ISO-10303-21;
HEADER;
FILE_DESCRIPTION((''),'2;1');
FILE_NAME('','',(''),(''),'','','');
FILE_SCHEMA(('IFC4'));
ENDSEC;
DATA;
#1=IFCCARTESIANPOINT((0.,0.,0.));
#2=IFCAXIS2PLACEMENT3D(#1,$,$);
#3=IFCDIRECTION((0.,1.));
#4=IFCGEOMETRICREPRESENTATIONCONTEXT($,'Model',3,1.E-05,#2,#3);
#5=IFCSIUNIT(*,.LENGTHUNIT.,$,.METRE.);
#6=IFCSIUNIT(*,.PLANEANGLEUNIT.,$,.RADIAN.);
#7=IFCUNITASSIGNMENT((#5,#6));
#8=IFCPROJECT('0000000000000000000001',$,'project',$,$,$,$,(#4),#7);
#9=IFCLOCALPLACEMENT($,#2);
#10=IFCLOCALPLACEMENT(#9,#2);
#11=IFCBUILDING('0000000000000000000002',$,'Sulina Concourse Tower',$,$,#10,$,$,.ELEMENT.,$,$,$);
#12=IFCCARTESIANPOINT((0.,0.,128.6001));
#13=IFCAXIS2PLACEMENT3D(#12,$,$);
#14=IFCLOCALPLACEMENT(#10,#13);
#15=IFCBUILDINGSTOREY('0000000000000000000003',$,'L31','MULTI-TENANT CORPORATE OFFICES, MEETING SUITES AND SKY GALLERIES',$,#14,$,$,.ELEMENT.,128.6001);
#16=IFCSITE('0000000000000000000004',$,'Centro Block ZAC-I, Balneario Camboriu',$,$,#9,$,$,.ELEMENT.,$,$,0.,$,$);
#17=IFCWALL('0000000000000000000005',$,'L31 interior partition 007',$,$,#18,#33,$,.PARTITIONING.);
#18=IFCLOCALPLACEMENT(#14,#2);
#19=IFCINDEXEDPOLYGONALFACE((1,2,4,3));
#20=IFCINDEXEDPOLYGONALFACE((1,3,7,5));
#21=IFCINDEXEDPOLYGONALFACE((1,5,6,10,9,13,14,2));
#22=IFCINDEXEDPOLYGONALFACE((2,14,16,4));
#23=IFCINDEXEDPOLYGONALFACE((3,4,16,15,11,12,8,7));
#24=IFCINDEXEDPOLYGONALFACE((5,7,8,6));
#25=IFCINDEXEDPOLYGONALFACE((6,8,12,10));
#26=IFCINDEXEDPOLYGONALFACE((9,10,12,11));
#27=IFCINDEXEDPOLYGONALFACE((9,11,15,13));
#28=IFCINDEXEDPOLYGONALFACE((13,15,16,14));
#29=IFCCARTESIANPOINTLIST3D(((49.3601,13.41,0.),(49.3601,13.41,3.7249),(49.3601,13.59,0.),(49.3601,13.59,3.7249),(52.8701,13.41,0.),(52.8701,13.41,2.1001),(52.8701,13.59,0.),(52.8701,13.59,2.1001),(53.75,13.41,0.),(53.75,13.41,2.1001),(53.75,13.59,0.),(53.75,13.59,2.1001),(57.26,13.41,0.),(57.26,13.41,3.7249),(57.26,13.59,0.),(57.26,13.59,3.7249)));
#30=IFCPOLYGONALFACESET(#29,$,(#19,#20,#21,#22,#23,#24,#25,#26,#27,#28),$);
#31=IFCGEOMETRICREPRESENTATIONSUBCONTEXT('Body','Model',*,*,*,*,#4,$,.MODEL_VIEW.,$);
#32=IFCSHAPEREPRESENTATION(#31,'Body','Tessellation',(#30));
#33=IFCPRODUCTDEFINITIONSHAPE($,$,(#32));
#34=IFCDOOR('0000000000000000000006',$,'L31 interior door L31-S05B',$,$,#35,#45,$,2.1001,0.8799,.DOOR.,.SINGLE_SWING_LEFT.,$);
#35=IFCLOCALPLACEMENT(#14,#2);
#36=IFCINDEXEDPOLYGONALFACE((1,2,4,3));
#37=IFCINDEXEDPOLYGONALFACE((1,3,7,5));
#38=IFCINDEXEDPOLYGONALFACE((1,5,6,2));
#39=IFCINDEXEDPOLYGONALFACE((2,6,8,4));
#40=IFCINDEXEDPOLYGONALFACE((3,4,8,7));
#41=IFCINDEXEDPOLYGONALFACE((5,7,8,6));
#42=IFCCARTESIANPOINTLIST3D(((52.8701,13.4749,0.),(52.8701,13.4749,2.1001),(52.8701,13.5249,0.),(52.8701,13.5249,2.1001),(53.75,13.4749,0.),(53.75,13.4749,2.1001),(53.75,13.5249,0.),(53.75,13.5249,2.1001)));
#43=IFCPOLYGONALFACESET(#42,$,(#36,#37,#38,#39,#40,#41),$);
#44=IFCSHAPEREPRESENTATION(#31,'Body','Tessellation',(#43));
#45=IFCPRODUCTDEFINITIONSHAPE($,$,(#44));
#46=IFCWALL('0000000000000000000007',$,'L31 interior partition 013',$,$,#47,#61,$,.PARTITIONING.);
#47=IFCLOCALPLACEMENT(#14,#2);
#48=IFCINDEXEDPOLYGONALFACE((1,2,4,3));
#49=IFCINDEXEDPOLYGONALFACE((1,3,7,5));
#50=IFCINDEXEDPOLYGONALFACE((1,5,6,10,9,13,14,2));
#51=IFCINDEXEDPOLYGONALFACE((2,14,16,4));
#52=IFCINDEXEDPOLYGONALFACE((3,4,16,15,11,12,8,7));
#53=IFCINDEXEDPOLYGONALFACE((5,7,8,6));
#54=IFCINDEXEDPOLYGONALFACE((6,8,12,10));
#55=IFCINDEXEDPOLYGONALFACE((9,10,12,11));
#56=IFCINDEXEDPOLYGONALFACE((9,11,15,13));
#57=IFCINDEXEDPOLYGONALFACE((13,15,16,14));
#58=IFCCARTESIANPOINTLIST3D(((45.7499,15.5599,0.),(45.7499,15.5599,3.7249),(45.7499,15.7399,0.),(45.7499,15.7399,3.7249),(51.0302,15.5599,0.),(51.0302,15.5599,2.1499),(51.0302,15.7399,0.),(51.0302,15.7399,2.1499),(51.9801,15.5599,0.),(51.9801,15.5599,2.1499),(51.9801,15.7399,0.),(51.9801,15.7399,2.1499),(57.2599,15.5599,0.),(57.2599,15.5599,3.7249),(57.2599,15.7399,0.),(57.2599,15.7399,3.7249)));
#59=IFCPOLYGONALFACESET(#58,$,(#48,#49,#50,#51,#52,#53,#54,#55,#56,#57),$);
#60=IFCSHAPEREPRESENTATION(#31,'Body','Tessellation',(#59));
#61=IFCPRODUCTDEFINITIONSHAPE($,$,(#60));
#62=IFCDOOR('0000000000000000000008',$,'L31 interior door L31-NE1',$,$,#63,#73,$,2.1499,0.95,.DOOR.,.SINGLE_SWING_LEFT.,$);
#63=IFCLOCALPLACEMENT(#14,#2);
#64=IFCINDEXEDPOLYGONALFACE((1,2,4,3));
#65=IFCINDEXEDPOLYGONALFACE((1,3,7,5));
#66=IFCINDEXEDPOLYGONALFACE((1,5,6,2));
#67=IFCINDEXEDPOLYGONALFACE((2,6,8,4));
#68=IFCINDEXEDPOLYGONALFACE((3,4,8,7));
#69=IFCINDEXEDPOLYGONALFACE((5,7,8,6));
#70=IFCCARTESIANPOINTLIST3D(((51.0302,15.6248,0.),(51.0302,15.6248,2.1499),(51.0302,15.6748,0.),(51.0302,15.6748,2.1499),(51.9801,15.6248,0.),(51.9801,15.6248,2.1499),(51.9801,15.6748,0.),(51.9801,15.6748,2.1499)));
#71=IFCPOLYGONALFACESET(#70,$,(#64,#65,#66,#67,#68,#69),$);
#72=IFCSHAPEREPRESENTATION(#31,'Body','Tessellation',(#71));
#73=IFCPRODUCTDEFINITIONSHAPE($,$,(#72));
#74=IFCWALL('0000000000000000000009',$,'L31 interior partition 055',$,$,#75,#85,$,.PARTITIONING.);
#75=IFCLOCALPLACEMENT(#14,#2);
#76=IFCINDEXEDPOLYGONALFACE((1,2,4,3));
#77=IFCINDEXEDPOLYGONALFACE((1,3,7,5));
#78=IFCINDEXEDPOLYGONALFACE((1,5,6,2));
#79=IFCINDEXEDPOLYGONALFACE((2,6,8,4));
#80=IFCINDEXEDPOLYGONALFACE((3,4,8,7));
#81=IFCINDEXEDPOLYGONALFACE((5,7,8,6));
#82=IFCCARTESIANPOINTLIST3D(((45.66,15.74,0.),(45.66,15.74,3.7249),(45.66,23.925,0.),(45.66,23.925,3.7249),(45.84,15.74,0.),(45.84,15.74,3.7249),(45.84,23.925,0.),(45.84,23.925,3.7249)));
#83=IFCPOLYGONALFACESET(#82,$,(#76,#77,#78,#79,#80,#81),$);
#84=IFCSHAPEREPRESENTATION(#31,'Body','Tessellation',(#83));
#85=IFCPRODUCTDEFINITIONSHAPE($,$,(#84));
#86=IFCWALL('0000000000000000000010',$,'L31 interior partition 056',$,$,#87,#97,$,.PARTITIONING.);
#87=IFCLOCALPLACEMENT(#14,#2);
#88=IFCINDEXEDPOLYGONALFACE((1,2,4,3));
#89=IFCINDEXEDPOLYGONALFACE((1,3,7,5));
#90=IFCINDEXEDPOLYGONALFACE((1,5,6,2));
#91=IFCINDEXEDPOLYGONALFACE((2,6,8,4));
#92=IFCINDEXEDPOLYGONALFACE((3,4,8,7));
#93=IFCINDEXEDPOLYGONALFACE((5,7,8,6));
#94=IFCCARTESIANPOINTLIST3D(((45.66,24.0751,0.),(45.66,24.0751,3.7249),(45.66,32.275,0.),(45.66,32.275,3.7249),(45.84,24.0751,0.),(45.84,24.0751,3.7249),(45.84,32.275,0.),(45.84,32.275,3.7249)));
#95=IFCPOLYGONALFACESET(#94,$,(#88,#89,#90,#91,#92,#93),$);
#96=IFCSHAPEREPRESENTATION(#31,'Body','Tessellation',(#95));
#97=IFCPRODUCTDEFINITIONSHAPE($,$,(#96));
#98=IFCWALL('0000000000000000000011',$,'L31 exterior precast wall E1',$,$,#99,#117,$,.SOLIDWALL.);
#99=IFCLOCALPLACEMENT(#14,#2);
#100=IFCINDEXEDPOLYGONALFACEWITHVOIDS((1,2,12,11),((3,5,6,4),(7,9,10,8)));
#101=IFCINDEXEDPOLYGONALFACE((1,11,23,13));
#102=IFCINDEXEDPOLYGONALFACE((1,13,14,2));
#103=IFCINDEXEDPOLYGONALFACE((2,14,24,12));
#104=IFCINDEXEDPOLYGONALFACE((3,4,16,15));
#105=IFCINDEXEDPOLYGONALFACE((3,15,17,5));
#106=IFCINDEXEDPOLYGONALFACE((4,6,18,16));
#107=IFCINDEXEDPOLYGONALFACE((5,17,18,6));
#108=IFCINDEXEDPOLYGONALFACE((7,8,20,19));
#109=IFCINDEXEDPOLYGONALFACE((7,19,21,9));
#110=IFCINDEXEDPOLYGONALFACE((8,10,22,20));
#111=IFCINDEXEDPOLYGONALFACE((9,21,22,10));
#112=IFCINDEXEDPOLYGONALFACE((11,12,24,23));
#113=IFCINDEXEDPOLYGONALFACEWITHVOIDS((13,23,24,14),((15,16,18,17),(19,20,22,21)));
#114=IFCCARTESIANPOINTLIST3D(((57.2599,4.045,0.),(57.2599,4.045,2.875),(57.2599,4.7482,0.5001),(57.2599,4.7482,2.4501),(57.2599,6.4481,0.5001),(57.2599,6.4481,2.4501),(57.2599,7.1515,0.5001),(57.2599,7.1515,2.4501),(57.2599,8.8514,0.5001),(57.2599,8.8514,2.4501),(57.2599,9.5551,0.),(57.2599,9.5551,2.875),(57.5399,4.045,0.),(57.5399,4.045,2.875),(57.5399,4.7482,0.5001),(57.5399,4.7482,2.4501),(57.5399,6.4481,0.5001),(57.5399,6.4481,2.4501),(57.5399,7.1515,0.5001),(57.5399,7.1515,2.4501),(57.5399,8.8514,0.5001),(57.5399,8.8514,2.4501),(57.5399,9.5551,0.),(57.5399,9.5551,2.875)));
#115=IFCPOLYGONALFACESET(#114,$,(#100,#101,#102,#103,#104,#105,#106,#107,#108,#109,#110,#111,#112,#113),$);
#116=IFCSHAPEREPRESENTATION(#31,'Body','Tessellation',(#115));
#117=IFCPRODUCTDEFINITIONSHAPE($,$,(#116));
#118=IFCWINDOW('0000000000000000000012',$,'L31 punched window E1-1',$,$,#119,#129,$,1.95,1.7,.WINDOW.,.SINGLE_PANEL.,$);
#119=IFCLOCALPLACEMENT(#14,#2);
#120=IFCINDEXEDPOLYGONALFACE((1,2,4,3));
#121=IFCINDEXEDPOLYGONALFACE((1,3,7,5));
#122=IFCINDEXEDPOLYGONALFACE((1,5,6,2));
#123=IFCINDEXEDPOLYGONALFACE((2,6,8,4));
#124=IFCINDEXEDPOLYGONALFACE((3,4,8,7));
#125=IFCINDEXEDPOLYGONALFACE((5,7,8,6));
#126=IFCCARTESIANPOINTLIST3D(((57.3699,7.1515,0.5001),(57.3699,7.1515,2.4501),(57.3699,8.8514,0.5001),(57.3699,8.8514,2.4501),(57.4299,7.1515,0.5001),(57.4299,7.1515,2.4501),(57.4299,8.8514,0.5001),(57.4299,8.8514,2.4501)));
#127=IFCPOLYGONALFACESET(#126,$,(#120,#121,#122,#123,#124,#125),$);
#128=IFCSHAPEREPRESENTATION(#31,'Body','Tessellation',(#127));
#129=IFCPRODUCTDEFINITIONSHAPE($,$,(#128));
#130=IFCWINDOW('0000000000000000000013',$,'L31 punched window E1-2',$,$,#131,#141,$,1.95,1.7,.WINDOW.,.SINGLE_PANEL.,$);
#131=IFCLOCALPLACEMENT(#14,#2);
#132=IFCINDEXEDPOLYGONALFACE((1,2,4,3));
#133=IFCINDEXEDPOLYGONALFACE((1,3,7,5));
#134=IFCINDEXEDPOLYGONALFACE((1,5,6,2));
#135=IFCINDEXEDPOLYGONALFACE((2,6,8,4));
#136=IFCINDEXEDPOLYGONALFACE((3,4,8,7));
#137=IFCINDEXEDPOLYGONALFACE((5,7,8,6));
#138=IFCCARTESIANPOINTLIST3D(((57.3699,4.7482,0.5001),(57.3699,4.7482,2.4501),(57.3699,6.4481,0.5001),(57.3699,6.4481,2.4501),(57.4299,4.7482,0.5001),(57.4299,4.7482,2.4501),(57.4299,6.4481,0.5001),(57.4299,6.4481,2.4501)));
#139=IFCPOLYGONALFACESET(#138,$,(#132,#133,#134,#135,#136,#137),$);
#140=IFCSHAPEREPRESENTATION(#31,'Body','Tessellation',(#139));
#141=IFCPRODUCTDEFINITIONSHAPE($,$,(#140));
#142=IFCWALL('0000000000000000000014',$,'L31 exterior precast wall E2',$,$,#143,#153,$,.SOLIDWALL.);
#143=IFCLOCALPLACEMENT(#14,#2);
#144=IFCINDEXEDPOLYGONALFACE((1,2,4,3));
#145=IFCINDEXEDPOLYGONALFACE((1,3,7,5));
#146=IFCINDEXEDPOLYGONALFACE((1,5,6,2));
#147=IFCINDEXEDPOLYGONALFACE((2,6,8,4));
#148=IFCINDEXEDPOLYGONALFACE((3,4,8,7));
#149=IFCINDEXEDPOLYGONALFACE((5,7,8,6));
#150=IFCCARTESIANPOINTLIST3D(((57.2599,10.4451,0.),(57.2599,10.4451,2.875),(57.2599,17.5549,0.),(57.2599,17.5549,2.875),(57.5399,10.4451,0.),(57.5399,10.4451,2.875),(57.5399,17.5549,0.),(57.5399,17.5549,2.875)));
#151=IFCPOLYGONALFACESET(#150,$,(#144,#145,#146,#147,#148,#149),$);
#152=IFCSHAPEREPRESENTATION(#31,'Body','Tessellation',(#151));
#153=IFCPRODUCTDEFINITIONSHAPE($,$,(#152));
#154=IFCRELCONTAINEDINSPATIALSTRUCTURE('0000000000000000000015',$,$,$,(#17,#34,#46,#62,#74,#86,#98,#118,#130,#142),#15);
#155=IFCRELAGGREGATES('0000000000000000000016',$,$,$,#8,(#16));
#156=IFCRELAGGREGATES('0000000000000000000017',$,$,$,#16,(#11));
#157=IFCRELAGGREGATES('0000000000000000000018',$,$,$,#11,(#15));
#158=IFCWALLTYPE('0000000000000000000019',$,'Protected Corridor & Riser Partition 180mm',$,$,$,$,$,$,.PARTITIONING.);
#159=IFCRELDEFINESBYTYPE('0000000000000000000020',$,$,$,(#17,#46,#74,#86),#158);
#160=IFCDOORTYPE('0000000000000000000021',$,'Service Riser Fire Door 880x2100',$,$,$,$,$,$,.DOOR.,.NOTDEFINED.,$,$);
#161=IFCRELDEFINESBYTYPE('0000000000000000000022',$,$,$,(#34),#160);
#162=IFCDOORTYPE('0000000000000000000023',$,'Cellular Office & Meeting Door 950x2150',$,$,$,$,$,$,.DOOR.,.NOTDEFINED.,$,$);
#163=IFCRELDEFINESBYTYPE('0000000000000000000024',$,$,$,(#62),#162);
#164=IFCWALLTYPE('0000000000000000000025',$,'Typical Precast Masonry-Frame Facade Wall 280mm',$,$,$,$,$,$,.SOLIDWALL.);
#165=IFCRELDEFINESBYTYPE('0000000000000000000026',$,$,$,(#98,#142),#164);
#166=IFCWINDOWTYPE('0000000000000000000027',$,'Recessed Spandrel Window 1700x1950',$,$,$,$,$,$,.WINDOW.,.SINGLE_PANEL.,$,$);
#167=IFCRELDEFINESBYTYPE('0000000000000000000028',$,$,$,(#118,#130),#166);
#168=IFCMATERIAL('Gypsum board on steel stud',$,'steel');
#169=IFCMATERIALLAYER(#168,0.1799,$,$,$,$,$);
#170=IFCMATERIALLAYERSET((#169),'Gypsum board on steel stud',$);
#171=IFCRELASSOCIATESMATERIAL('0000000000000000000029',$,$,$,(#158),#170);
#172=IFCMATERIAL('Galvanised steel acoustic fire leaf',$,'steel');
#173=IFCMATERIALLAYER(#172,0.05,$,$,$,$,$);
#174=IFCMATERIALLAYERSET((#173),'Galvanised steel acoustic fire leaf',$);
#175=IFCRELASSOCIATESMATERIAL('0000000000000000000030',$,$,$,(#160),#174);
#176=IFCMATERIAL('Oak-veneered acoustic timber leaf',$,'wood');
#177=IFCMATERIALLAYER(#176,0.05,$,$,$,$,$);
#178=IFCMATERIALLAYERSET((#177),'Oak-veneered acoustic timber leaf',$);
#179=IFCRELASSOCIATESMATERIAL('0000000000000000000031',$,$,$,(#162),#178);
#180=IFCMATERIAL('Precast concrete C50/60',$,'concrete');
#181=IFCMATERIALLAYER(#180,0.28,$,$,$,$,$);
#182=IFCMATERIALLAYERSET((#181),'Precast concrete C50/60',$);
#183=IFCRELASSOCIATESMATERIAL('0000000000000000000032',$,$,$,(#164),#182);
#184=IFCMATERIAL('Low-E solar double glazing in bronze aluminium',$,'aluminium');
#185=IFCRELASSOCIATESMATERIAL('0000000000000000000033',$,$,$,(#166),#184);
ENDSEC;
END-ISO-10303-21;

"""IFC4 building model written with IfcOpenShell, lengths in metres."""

from ifc_helpers import new_model, si_unit, direction, frame, frame_2d, origin, place, context, subcontext, project, spatial, rectangle, extrude, material, layer, layer_set, type_object, element, fill, save


model = new_model("IFC4")

# Units and contexts
model_context = context("Model", 3, precision=1e-05, world=origin(), true_north=direction((0.0, 1.0)))
body_context = subcontext(model_context, "Body", "Model", "MODEL_VIEW")
ifc_project = project(units=[si_unit("LENGTHUNIT", "METRE"), si_unit("PLANEANGLEUNIT", "RADIAN")], contexts=[model_context])

# Site, building, storey
site_placement = place(None, origin())
site = spatial("IfcSite", under=ifc_project, at=site_placement, Name="Centro Block ZAC-I, Balneario Camboriu", CompositionType="ELEMENT", RefElevation=0.0)
building_placement = place(site_placement, origin())
building = spatial("IfcBuilding", under=site, at=building_placement, Name="Sulina Concourse Tower", CompositionType="ELEMENT")
storey_placement = place(building_placement, frame((0.0, 0.0, 128.6001)))
storey = spatial("IfcBuildingStorey", under=building, at=storey_placement, Name="L31", Description="MULTI-TENANT CORPORATE OFFICES, MEETING SUITES AND SKY GALLERIES", CompositionType="ELEMENT", Elevation=128.6001)

# Walls, openings, doors
ifc_material_1 = material(Name="Gypsum board on steel stud", Category="steel")
ifc_layer_1 = layer(ifc_material_1, 0.1799)
ifc_layer_set_1 = layer_set([ifc_layer_1], Name="Gypsum board on steel stud")
wall_type_1 = type_object("IfcWallType", Name="Protected Corridor & Riser Partition 180mm", PredefinedType="PARTITIONING", material=ifc_layer_set_1)
wall_1_placement = place(storey_placement, frame((49.3601, 13.5, 0.0), z_axis=(0.0, 0.0, 1.0), x_axis=(1.0, 0.0, 0.0)))
wall_1 = element("IfcWall", 1, at=wall_1_placement, inside=storey, type_object=wall_type_1, Name="L31 interior partition 007", PredefinedType="PARTITIONING", context=body_context, shape_type="SweptSolid", body=[
    extrude(rectangle(XDim=7.8999, YDim=0.1799, at=frame_2d((3.95, 0.0))), origin(), (0.0, 0.0, 1.0), 3.7249),
])
opening_1_placement = place(wall_1_placement, frame((3.51, 0.0, 0.0)))
opening_1 = element("IfcOpeningElement", 2, at=opening_1_placement, cuts=wall_1, PredefinedType="OPENING", context=body_context, shape_type="SweptSolid", body=[
    extrude(rectangle(XDim=0.8799, YDim=2.1001, at=frame_2d((0.4399, 1.05))), frame((0.0, 0.0999, 0.0), z_axis=(0.0, -1.0, 0.0), x_axis=(1.0, 0.0, 0.0)), (0.0, 0.0, 1.0), 0.2),
])
ifc_material_2 = material(Name="Galvanised steel acoustic fire leaf", Category="steel")
ifc_layer_2 = layer(ifc_material_2, 0.05)
ifc_layer_set_2 = layer_set([ifc_layer_2], Name="Galvanised steel acoustic fire leaf")
door_type_1 = type_object("IfcDoorType", Name="Service Riser Fire Door 880x2100", OperationType="NOTDEFINED", PredefinedType="DOOR", material=ifc_layer_set_2)
door_1_placement = place(opening_1_placement, origin())
door_1 = element("IfcDoor", 3, at=door_1_placement, inside=storey, type_object=door_type_1, Name="L31 interior door L31-S05B", OperationType="SINGLE_SWING_LEFT", OverallHeight=2.1001, OverallWidth=0.8799, PredefinedType="DOOR", context=body_context, shape_type="SweptSolid", body=[
    extrude(rectangle(XDim=0.8799, YDim=2.1001, at=frame_2d((0.4399, 1.05))), frame((0.0, 0.0249, 0.0), z_axis=(0.0, -1.0, 0.0), x_axis=(1.0, 0.0, 0.0)), (0.0, 0.0, 1.0), 0.05),
])
fill(opening_1, door_1)
wall_2_placement = place(storey_placement, frame((45.75, 15.6499, 0.0), z_axis=(0.0, 0.0, 1.0), x_axis=(1.0, 0.0, 0.0)))
wall_2 = element("IfcWall", 4, at=wall_2_placement, inside=storey, type_object=wall_type_1, Name="L31 interior partition 013", PredefinedType="PARTITIONING", context=body_context, shape_type="SweptSolid", body=[
    extrude(rectangle(XDim=11.51, YDim=0.1799, at=frame_2d((5.7549, 0.0))), origin(), (0.0, 0.0, 1.0), 3.7249),
])
opening_2_placement = place(wall_2_placement, frame((5.28, 0.0, 0.0)))
opening_2 = element("IfcOpeningElement", 5, at=opening_2_placement, cuts=wall_2, PredefinedType="OPENING", context=body_context, shape_type="SweptSolid", body=[
    extrude(rectangle(XDim=0.95, YDim=2.1499, at=frame_2d((0.4751, 1.075))), frame((0.0, 0.0999, 0.0), z_axis=(0.0, -1.0, 0.0), x_axis=(1.0, 0.0, 0.0)), (0.0, 0.0, 1.0), 0.2),
])
ifc_material_3 = material(Name="Oak-veneered acoustic timber leaf", Category="wood")
ifc_layer_3 = layer(ifc_material_3, 0.05)
ifc_layer_set_3 = layer_set([ifc_layer_3], Name="Oak-veneered acoustic timber leaf")
door_type_2 = type_object("IfcDoorType", Name="Cellular Office & Meeting Door 950x2150", OperationType="NOTDEFINED", PredefinedType="DOOR", material=ifc_layer_set_3)
door_2_placement = place(opening_2_placement, origin())
door_2 = element("IfcDoor", 6, at=door_2_placement, inside=storey, type_object=door_type_2, Name="L31 interior door L31-NE1", OperationType="SINGLE_SWING_LEFT", OverallHeight=2.1499, OverallWidth=0.95, PredefinedType="DOOR", context=body_context, shape_type="SweptSolid", body=[
    extrude(rectangle(XDim=0.95, YDim=2.1499, at=frame_2d((0.4751, 1.075))), frame((0.0, 0.0249, 0.0), z_axis=(0.0, -1.0, 0.0), x_axis=(1.0, 0.0, 0.0)), (0.0, 0.0, 1.0), 0.05),
])
fill(opening_2, door_2)

# Walls
wall_3_placement = place(storey_placement, frame((45.75, 15.74, 0.0), z_axis=(0.0, 0.0, 1.0), x_axis=(0.0, 1.0, 0.0)))
element("IfcWall", 7, at=wall_3_placement, inside=storey, type_object=wall_type_1, Name="L31 interior partition 055", PredefinedType="PARTITIONING", context=body_context, shape_type="SweptSolid", body=[
    extrude(rectangle(XDim=8.1851, YDim=0.1799, at=frame_2d((4.0925, 0.0))), origin(), (0.0, 0.0, 1.0), 3.7249),
])
wall_4_placement = place(storey_placement, frame((45.75, 24.075, 0.0), z_axis=(0.0, 0.0, 1.0), x_axis=(0.0, 1.0, 0.0)))
element("IfcWall", 8, at=wall_4_placement, inside=storey, type_object=wall_type_1, Name="L31 interior partition 056", PredefinedType="PARTITIONING", context=body_context, shape_type="SweptSolid", body=[
    extrude(rectangle(XDim=8.2, YDim=0.1799, at=frame_2d((4.1001, 0.0))), origin(), (0.0, 0.0, 1.0), 3.7249),
])

# Wall, openings, windows
ifc_material_4 = material(Name="Precast concrete C50/60", Category="concrete")
ifc_layer_4 = layer(ifc_material_4, 0.28)
ifc_layer_set_4 = layer_set([ifc_layer_4], Name="Precast concrete C50/60")
wall_type_2 = type_object("IfcWallType", Name="Typical Precast Masonry-Frame Facade Wall 280mm", PredefinedType="SOLIDWALL", material=ifc_layer_set_4)
wall_5_placement = place(storey_placement, frame((57.3999, 9.5549, 0.0), z_axis=(0.0, 0.0, 1.0), x_axis=(0.0, -1.0, 0.0)))
wall_5 = element("IfcWall", 9, at=wall_5_placement, inside=storey, type_object=wall_type_2, Name="L31 exterior precast wall E1", PredefinedType="SOLIDWALL", context=body_context, shape_type="SweptSolid", body=[
    extrude(rectangle(XDim=5.51, YDim=0.28, at=frame_2d((2.7549, 0.0))), origin(), (0.0, 0.0, 1.0), 2.875),
])
opening_3_placement = place(wall_5_placement, frame((0.7034, 0.0, 0.5)))
opening_3 = element("IfcOpeningElement", 10, at=opening_3_placement, cuts=wall_5, PredefinedType="OPENING", context=body_context, shape_type="SweptSolid", body=[
    extrude(rectangle(XDim=1.7, YDim=1.95, at=frame_2d((0.8501, 0.9751))), frame((0.0, 0.1499, 0.0), z_axis=(0.0, -1.0, 0.0), x_axis=(1.0, 0.0, 0.0)), (0.0, 0.0, 1.0), 0.3),
])
opening_4_placement = place(wall_5_placement, frame((3.1067, 0.0, 0.5)))
opening_4 = element("IfcOpeningElement", 11, at=opening_4_placement, cuts=wall_5, PredefinedType="OPENING", context=body_context, shape_type="SweptSolid", body=[
    extrude(rectangle(XDim=1.7, YDim=1.95, at=frame_2d((0.8501, 0.9751))), frame((0.0, 0.1499, 0.0), z_axis=(0.0, -1.0, 0.0), x_axis=(1.0, 0.0, 0.0)), (0.0, 0.0, 1.0), 0.3),
])
ifc_material_5 = material(Name="Low-E solar double glazing in bronze aluminium", Category="aluminium")
window_type = type_object("IfcWindowType", Name="Recessed Spandrel Window 1700x1950", PartitioningType="SINGLE_PANEL", PredefinedType="WINDOW", material=ifc_material_5)
window_1_placement = place(opening_3_placement, origin())
window_1 = element("IfcWindow", 12, at=window_1_placement, inside=storey, type_object=window_type, Name="L31 punched window E1-1", OverallHeight=1.95, OverallWidth=1.7, PartitioningType="SINGLE_PANEL", PredefinedType="WINDOW", context=body_context, shape_type="SweptSolid", body=[
    extrude(rectangle(XDim=1.7, YDim=1.95, at=frame_2d((0.8501, 0.9751))), frame((0.0, 0.03, 0.0), z_axis=(0.0, -1.0, 0.0), x_axis=(1.0, 0.0, 0.0)), (0.0, 0.0, 1.0), 0.0601),
])
fill(opening_3, window_1)
window_2_placement = place(opening_4_placement, origin())
window_2 = element("IfcWindow", 13, at=window_2_placement, inside=storey, type_object=window_type, Name="L31 punched window E1-2", OverallHeight=1.95, OverallWidth=1.7, PartitioningType="SINGLE_PANEL", PredefinedType="WINDOW", context=body_context, shape_type="SweptSolid", body=[
    extrude(rectangle(XDim=1.7, YDim=1.95, at=frame_2d((0.8501, 0.9751))), frame((0.0, 0.03, 0.0), z_axis=(0.0, -1.0, 0.0), x_axis=(1.0, 0.0, 0.0)), (0.0, 0.0, 1.0), 0.0601),
])
fill(opening_4, window_2)

# Wall
wall_6_placement = place(storey_placement, frame((57.3999, 17.5549, 0.0), z_axis=(0.0, 0.0, 1.0), x_axis=(0.0, -1.0, 0.0)))
element("IfcWall", 14, at=wall_6_placement, inside=storey, type_object=wall_type_2, Name="L31 exterior precast wall E2", PredefinedType="SOLIDWALL", context=body_context, shape_type="SweptSolid", body=[
    extrude(rectangle(XDim=7.1099, YDim=0.28, at=frame_2d((3.5549, 0.0))), origin(), (0.0, 0.0, 1.0), 2.875),
])

save(model, "model.ifc")
